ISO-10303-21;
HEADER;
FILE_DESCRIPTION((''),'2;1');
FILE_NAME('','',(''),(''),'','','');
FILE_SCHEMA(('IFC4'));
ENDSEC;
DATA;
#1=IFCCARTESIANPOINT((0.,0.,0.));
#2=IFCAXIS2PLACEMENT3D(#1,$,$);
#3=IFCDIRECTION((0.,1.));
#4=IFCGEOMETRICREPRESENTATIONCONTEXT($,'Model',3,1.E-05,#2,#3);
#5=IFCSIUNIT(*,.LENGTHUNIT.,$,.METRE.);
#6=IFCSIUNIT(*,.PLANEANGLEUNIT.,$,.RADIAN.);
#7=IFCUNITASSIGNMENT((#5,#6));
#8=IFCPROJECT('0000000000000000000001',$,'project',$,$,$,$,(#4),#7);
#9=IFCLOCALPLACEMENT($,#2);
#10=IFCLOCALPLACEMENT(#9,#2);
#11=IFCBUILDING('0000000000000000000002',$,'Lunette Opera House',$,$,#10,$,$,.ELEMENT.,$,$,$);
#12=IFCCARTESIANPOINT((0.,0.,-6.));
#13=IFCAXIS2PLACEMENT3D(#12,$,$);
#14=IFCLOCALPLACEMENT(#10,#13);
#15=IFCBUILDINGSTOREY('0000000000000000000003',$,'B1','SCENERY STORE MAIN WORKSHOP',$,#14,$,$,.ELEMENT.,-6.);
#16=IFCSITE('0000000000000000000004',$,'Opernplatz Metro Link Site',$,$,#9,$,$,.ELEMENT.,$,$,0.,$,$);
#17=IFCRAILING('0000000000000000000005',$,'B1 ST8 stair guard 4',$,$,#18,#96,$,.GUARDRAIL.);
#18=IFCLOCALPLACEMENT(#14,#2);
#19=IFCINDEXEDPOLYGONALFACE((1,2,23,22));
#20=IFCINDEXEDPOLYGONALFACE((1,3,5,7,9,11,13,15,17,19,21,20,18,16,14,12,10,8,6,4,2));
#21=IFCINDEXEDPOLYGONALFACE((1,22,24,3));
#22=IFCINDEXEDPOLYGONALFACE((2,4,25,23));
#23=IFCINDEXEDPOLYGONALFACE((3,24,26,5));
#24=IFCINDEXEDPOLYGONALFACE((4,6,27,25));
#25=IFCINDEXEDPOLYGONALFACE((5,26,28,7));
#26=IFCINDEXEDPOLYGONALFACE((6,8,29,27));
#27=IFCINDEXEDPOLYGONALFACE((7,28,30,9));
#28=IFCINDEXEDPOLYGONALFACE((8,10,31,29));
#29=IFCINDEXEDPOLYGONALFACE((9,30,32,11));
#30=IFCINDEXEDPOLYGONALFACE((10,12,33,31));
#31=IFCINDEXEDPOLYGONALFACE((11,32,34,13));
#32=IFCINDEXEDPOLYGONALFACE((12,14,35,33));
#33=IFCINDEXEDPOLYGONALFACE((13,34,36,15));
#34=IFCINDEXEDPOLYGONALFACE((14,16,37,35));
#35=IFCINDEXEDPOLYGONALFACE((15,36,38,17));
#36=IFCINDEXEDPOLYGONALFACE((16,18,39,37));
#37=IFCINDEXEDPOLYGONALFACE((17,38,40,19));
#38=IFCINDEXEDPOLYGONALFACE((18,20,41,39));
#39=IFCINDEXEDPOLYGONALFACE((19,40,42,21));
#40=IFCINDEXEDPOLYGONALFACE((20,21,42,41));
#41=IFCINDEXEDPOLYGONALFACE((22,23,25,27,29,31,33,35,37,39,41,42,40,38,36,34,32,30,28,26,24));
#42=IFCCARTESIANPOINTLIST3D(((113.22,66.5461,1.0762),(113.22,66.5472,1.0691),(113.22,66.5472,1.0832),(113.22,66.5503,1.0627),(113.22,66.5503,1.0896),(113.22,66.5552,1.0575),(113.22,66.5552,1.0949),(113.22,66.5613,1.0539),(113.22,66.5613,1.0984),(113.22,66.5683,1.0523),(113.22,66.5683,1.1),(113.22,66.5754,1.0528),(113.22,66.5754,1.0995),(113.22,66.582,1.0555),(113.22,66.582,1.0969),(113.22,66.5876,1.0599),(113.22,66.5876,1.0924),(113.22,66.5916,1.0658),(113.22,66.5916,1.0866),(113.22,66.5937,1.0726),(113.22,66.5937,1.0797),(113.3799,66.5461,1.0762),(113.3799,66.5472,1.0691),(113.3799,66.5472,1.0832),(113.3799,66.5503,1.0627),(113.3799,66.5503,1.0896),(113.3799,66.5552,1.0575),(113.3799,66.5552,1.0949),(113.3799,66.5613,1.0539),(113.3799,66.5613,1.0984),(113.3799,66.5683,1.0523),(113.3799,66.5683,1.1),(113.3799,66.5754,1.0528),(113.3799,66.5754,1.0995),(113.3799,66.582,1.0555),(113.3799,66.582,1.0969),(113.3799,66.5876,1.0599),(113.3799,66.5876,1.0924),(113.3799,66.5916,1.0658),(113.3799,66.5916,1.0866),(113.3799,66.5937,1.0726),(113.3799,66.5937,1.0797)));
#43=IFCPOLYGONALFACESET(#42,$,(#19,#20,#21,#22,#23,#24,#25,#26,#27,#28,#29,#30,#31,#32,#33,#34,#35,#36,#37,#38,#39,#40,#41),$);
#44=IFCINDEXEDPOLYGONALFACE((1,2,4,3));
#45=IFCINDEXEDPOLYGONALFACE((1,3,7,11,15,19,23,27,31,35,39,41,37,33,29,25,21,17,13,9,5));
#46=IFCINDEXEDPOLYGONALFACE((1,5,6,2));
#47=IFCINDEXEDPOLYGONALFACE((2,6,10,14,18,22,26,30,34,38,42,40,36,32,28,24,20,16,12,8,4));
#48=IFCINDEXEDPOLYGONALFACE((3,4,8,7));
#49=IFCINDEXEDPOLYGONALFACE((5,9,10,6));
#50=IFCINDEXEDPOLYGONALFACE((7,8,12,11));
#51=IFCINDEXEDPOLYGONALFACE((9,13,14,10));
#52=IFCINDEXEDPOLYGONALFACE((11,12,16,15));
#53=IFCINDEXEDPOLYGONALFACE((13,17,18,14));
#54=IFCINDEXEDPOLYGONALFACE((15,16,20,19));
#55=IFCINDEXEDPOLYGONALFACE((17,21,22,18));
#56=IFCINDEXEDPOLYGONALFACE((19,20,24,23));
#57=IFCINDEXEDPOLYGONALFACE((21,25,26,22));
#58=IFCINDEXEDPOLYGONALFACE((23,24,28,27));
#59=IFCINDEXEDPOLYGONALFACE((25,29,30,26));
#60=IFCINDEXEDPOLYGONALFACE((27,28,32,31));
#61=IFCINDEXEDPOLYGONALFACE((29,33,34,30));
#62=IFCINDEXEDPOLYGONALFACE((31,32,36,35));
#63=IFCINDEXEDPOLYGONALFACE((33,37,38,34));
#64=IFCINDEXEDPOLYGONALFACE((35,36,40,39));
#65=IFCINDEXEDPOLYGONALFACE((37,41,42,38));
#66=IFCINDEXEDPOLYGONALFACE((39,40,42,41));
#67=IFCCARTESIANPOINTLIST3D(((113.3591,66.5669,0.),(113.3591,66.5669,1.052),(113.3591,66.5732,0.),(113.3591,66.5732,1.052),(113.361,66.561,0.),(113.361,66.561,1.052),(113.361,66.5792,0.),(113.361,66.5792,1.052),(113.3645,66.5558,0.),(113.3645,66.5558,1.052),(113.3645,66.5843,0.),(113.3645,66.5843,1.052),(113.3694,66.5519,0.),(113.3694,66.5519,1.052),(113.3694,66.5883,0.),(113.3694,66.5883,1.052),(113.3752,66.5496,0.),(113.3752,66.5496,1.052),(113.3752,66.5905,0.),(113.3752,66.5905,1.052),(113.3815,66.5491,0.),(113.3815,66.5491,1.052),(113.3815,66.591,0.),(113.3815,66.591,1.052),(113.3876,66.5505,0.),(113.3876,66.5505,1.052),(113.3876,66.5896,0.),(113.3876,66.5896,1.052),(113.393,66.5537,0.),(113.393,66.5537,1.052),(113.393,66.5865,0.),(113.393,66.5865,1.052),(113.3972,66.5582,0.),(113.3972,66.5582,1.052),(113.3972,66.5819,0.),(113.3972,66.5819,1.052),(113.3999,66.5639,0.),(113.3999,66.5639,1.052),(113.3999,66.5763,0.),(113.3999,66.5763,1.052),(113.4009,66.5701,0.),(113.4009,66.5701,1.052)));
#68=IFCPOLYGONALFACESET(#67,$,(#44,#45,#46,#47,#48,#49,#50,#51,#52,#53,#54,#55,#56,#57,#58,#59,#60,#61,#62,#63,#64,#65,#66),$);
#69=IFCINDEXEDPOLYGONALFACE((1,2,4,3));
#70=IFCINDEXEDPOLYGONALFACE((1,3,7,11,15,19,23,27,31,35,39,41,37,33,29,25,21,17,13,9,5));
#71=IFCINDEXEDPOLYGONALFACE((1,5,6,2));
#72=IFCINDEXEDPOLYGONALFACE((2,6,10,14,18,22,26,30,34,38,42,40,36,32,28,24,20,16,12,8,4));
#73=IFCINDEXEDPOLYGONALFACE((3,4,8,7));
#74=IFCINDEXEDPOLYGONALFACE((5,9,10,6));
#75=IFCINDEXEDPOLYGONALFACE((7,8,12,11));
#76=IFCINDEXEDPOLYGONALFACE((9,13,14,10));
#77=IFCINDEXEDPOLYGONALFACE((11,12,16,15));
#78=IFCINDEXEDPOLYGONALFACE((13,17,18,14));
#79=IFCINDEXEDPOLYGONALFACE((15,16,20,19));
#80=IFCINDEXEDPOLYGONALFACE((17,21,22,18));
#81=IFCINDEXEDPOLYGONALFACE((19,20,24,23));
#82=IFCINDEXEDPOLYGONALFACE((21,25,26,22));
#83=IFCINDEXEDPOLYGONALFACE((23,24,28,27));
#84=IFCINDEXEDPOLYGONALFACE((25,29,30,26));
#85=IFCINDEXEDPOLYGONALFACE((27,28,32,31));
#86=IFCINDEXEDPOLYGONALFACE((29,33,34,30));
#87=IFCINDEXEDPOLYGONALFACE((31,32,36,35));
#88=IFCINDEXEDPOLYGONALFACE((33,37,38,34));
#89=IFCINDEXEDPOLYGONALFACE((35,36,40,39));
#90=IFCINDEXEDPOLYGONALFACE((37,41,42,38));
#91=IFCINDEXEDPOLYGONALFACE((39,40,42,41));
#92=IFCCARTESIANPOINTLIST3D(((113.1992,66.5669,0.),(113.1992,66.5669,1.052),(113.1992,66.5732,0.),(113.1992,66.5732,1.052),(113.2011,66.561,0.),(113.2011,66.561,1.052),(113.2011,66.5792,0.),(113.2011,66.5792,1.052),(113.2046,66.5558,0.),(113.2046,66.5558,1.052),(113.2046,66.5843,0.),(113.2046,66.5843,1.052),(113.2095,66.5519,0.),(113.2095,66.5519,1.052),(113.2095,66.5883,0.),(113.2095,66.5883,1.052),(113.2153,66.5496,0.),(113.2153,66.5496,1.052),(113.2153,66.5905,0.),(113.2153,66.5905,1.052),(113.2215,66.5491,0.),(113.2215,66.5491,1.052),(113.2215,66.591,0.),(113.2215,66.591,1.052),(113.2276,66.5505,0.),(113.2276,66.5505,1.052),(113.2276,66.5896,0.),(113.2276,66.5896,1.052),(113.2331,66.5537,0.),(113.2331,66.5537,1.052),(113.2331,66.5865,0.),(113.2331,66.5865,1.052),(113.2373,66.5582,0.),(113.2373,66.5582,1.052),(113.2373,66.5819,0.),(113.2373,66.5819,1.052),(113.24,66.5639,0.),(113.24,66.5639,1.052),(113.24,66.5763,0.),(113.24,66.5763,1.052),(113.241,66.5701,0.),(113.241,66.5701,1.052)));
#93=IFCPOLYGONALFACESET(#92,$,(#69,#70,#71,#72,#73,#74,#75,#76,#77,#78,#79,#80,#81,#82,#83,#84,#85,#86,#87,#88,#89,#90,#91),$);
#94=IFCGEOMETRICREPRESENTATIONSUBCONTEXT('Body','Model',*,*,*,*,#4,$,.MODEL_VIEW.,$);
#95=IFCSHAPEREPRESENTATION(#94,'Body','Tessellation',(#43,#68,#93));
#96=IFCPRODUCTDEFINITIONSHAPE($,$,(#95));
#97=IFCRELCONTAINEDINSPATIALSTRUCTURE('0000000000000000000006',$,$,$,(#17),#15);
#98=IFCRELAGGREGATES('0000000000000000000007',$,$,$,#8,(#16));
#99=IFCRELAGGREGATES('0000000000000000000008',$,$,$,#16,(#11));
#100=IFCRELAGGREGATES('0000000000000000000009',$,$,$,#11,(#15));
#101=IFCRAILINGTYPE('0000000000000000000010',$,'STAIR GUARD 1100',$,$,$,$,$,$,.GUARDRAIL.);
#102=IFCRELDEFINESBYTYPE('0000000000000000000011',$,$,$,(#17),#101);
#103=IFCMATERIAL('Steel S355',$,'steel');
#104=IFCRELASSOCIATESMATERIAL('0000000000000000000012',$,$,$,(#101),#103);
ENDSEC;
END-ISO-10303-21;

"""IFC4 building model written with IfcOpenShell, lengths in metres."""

from ifc_helpers import new_model, si_unit, direction, frame, origin, origin_2d, place, context, subcontext, project, spatial, circle, extrude, material, type_object, element, save


model = new_model("IFC4")

# Units and contexts
model_context = context("Model", 3, precision=1e-05, world=origin(), true_north=direction((0.0, 1.0)))
body_context = subcontext(model_context, "Body", "Model", "MODEL_VIEW")
ifc_project = project(units=[si_unit("LENGTHUNIT", "METRE"), si_unit("PLANEANGLEUNIT", "RADIAN")], contexts=[model_context])

# Site, building, storey
site_placement = place(None, origin())
site = spatial("IfcSite", under=ifc_project, at=site_placement, Name="Opernplatz Metro Link Site", CompositionType="ELEMENT", RefElevation=0.0)
building_placement = place(site_placement, origin())
building = spatial("IfcBuilding", under=site, at=building_placement, Name="Lunette Opera House", CompositionType="ELEMENT")
storey_placement = place(building_placement, frame((0.0, 0.0, -6.0)))
storey = spatial("IfcBuildingStorey", under=building, at=storey_placement, Name="B1", Description="SCENERY STORE MAIN WORKSHOP", CompositionType="ELEMENT", Elevation=-6.0)

# Railing
ifc_material_1 = material(Name="Steel S355", Category="steel")
railing_type_1 = type_object("IfcRailingType", Name="STAIR GUARD 1100", PredefinedType="GUARDRAIL", material=ifc_material_1)
railing_1_placement = place(storey_placement, frame((113.3799, 66.5701, 0.0)))
element("IfcRailing", 1, at=railing_1_placement, inside=storey, type_object=railing_type_1, Name="B1 ST8 stair guard 4", PredefinedType="GUARDRAIL", context=body_context, shape_type="SweptSolid", body=[
    extrude(circle(Radius=0.0239, at=origin_2d()), frame((0.0, 0.0, 1.0762), z_axis=(-1.0, 0.0, 0.0), x_axis=(0.0, -1.0, 0.0)), (0.0, 0.0, 1.0), 0.1599),
    extrude(circle(Radius=0.021, at=origin_2d()), origin(), (0.0, 0.0, 1.0), 1.052),
    extrude(circle(Radius=0.021, at=origin_2d()), frame((-0.1599, 0.0, 0.0)), (0.0, 0.0, 1.0), 1.052),
])

save(model, "model.ifc")
